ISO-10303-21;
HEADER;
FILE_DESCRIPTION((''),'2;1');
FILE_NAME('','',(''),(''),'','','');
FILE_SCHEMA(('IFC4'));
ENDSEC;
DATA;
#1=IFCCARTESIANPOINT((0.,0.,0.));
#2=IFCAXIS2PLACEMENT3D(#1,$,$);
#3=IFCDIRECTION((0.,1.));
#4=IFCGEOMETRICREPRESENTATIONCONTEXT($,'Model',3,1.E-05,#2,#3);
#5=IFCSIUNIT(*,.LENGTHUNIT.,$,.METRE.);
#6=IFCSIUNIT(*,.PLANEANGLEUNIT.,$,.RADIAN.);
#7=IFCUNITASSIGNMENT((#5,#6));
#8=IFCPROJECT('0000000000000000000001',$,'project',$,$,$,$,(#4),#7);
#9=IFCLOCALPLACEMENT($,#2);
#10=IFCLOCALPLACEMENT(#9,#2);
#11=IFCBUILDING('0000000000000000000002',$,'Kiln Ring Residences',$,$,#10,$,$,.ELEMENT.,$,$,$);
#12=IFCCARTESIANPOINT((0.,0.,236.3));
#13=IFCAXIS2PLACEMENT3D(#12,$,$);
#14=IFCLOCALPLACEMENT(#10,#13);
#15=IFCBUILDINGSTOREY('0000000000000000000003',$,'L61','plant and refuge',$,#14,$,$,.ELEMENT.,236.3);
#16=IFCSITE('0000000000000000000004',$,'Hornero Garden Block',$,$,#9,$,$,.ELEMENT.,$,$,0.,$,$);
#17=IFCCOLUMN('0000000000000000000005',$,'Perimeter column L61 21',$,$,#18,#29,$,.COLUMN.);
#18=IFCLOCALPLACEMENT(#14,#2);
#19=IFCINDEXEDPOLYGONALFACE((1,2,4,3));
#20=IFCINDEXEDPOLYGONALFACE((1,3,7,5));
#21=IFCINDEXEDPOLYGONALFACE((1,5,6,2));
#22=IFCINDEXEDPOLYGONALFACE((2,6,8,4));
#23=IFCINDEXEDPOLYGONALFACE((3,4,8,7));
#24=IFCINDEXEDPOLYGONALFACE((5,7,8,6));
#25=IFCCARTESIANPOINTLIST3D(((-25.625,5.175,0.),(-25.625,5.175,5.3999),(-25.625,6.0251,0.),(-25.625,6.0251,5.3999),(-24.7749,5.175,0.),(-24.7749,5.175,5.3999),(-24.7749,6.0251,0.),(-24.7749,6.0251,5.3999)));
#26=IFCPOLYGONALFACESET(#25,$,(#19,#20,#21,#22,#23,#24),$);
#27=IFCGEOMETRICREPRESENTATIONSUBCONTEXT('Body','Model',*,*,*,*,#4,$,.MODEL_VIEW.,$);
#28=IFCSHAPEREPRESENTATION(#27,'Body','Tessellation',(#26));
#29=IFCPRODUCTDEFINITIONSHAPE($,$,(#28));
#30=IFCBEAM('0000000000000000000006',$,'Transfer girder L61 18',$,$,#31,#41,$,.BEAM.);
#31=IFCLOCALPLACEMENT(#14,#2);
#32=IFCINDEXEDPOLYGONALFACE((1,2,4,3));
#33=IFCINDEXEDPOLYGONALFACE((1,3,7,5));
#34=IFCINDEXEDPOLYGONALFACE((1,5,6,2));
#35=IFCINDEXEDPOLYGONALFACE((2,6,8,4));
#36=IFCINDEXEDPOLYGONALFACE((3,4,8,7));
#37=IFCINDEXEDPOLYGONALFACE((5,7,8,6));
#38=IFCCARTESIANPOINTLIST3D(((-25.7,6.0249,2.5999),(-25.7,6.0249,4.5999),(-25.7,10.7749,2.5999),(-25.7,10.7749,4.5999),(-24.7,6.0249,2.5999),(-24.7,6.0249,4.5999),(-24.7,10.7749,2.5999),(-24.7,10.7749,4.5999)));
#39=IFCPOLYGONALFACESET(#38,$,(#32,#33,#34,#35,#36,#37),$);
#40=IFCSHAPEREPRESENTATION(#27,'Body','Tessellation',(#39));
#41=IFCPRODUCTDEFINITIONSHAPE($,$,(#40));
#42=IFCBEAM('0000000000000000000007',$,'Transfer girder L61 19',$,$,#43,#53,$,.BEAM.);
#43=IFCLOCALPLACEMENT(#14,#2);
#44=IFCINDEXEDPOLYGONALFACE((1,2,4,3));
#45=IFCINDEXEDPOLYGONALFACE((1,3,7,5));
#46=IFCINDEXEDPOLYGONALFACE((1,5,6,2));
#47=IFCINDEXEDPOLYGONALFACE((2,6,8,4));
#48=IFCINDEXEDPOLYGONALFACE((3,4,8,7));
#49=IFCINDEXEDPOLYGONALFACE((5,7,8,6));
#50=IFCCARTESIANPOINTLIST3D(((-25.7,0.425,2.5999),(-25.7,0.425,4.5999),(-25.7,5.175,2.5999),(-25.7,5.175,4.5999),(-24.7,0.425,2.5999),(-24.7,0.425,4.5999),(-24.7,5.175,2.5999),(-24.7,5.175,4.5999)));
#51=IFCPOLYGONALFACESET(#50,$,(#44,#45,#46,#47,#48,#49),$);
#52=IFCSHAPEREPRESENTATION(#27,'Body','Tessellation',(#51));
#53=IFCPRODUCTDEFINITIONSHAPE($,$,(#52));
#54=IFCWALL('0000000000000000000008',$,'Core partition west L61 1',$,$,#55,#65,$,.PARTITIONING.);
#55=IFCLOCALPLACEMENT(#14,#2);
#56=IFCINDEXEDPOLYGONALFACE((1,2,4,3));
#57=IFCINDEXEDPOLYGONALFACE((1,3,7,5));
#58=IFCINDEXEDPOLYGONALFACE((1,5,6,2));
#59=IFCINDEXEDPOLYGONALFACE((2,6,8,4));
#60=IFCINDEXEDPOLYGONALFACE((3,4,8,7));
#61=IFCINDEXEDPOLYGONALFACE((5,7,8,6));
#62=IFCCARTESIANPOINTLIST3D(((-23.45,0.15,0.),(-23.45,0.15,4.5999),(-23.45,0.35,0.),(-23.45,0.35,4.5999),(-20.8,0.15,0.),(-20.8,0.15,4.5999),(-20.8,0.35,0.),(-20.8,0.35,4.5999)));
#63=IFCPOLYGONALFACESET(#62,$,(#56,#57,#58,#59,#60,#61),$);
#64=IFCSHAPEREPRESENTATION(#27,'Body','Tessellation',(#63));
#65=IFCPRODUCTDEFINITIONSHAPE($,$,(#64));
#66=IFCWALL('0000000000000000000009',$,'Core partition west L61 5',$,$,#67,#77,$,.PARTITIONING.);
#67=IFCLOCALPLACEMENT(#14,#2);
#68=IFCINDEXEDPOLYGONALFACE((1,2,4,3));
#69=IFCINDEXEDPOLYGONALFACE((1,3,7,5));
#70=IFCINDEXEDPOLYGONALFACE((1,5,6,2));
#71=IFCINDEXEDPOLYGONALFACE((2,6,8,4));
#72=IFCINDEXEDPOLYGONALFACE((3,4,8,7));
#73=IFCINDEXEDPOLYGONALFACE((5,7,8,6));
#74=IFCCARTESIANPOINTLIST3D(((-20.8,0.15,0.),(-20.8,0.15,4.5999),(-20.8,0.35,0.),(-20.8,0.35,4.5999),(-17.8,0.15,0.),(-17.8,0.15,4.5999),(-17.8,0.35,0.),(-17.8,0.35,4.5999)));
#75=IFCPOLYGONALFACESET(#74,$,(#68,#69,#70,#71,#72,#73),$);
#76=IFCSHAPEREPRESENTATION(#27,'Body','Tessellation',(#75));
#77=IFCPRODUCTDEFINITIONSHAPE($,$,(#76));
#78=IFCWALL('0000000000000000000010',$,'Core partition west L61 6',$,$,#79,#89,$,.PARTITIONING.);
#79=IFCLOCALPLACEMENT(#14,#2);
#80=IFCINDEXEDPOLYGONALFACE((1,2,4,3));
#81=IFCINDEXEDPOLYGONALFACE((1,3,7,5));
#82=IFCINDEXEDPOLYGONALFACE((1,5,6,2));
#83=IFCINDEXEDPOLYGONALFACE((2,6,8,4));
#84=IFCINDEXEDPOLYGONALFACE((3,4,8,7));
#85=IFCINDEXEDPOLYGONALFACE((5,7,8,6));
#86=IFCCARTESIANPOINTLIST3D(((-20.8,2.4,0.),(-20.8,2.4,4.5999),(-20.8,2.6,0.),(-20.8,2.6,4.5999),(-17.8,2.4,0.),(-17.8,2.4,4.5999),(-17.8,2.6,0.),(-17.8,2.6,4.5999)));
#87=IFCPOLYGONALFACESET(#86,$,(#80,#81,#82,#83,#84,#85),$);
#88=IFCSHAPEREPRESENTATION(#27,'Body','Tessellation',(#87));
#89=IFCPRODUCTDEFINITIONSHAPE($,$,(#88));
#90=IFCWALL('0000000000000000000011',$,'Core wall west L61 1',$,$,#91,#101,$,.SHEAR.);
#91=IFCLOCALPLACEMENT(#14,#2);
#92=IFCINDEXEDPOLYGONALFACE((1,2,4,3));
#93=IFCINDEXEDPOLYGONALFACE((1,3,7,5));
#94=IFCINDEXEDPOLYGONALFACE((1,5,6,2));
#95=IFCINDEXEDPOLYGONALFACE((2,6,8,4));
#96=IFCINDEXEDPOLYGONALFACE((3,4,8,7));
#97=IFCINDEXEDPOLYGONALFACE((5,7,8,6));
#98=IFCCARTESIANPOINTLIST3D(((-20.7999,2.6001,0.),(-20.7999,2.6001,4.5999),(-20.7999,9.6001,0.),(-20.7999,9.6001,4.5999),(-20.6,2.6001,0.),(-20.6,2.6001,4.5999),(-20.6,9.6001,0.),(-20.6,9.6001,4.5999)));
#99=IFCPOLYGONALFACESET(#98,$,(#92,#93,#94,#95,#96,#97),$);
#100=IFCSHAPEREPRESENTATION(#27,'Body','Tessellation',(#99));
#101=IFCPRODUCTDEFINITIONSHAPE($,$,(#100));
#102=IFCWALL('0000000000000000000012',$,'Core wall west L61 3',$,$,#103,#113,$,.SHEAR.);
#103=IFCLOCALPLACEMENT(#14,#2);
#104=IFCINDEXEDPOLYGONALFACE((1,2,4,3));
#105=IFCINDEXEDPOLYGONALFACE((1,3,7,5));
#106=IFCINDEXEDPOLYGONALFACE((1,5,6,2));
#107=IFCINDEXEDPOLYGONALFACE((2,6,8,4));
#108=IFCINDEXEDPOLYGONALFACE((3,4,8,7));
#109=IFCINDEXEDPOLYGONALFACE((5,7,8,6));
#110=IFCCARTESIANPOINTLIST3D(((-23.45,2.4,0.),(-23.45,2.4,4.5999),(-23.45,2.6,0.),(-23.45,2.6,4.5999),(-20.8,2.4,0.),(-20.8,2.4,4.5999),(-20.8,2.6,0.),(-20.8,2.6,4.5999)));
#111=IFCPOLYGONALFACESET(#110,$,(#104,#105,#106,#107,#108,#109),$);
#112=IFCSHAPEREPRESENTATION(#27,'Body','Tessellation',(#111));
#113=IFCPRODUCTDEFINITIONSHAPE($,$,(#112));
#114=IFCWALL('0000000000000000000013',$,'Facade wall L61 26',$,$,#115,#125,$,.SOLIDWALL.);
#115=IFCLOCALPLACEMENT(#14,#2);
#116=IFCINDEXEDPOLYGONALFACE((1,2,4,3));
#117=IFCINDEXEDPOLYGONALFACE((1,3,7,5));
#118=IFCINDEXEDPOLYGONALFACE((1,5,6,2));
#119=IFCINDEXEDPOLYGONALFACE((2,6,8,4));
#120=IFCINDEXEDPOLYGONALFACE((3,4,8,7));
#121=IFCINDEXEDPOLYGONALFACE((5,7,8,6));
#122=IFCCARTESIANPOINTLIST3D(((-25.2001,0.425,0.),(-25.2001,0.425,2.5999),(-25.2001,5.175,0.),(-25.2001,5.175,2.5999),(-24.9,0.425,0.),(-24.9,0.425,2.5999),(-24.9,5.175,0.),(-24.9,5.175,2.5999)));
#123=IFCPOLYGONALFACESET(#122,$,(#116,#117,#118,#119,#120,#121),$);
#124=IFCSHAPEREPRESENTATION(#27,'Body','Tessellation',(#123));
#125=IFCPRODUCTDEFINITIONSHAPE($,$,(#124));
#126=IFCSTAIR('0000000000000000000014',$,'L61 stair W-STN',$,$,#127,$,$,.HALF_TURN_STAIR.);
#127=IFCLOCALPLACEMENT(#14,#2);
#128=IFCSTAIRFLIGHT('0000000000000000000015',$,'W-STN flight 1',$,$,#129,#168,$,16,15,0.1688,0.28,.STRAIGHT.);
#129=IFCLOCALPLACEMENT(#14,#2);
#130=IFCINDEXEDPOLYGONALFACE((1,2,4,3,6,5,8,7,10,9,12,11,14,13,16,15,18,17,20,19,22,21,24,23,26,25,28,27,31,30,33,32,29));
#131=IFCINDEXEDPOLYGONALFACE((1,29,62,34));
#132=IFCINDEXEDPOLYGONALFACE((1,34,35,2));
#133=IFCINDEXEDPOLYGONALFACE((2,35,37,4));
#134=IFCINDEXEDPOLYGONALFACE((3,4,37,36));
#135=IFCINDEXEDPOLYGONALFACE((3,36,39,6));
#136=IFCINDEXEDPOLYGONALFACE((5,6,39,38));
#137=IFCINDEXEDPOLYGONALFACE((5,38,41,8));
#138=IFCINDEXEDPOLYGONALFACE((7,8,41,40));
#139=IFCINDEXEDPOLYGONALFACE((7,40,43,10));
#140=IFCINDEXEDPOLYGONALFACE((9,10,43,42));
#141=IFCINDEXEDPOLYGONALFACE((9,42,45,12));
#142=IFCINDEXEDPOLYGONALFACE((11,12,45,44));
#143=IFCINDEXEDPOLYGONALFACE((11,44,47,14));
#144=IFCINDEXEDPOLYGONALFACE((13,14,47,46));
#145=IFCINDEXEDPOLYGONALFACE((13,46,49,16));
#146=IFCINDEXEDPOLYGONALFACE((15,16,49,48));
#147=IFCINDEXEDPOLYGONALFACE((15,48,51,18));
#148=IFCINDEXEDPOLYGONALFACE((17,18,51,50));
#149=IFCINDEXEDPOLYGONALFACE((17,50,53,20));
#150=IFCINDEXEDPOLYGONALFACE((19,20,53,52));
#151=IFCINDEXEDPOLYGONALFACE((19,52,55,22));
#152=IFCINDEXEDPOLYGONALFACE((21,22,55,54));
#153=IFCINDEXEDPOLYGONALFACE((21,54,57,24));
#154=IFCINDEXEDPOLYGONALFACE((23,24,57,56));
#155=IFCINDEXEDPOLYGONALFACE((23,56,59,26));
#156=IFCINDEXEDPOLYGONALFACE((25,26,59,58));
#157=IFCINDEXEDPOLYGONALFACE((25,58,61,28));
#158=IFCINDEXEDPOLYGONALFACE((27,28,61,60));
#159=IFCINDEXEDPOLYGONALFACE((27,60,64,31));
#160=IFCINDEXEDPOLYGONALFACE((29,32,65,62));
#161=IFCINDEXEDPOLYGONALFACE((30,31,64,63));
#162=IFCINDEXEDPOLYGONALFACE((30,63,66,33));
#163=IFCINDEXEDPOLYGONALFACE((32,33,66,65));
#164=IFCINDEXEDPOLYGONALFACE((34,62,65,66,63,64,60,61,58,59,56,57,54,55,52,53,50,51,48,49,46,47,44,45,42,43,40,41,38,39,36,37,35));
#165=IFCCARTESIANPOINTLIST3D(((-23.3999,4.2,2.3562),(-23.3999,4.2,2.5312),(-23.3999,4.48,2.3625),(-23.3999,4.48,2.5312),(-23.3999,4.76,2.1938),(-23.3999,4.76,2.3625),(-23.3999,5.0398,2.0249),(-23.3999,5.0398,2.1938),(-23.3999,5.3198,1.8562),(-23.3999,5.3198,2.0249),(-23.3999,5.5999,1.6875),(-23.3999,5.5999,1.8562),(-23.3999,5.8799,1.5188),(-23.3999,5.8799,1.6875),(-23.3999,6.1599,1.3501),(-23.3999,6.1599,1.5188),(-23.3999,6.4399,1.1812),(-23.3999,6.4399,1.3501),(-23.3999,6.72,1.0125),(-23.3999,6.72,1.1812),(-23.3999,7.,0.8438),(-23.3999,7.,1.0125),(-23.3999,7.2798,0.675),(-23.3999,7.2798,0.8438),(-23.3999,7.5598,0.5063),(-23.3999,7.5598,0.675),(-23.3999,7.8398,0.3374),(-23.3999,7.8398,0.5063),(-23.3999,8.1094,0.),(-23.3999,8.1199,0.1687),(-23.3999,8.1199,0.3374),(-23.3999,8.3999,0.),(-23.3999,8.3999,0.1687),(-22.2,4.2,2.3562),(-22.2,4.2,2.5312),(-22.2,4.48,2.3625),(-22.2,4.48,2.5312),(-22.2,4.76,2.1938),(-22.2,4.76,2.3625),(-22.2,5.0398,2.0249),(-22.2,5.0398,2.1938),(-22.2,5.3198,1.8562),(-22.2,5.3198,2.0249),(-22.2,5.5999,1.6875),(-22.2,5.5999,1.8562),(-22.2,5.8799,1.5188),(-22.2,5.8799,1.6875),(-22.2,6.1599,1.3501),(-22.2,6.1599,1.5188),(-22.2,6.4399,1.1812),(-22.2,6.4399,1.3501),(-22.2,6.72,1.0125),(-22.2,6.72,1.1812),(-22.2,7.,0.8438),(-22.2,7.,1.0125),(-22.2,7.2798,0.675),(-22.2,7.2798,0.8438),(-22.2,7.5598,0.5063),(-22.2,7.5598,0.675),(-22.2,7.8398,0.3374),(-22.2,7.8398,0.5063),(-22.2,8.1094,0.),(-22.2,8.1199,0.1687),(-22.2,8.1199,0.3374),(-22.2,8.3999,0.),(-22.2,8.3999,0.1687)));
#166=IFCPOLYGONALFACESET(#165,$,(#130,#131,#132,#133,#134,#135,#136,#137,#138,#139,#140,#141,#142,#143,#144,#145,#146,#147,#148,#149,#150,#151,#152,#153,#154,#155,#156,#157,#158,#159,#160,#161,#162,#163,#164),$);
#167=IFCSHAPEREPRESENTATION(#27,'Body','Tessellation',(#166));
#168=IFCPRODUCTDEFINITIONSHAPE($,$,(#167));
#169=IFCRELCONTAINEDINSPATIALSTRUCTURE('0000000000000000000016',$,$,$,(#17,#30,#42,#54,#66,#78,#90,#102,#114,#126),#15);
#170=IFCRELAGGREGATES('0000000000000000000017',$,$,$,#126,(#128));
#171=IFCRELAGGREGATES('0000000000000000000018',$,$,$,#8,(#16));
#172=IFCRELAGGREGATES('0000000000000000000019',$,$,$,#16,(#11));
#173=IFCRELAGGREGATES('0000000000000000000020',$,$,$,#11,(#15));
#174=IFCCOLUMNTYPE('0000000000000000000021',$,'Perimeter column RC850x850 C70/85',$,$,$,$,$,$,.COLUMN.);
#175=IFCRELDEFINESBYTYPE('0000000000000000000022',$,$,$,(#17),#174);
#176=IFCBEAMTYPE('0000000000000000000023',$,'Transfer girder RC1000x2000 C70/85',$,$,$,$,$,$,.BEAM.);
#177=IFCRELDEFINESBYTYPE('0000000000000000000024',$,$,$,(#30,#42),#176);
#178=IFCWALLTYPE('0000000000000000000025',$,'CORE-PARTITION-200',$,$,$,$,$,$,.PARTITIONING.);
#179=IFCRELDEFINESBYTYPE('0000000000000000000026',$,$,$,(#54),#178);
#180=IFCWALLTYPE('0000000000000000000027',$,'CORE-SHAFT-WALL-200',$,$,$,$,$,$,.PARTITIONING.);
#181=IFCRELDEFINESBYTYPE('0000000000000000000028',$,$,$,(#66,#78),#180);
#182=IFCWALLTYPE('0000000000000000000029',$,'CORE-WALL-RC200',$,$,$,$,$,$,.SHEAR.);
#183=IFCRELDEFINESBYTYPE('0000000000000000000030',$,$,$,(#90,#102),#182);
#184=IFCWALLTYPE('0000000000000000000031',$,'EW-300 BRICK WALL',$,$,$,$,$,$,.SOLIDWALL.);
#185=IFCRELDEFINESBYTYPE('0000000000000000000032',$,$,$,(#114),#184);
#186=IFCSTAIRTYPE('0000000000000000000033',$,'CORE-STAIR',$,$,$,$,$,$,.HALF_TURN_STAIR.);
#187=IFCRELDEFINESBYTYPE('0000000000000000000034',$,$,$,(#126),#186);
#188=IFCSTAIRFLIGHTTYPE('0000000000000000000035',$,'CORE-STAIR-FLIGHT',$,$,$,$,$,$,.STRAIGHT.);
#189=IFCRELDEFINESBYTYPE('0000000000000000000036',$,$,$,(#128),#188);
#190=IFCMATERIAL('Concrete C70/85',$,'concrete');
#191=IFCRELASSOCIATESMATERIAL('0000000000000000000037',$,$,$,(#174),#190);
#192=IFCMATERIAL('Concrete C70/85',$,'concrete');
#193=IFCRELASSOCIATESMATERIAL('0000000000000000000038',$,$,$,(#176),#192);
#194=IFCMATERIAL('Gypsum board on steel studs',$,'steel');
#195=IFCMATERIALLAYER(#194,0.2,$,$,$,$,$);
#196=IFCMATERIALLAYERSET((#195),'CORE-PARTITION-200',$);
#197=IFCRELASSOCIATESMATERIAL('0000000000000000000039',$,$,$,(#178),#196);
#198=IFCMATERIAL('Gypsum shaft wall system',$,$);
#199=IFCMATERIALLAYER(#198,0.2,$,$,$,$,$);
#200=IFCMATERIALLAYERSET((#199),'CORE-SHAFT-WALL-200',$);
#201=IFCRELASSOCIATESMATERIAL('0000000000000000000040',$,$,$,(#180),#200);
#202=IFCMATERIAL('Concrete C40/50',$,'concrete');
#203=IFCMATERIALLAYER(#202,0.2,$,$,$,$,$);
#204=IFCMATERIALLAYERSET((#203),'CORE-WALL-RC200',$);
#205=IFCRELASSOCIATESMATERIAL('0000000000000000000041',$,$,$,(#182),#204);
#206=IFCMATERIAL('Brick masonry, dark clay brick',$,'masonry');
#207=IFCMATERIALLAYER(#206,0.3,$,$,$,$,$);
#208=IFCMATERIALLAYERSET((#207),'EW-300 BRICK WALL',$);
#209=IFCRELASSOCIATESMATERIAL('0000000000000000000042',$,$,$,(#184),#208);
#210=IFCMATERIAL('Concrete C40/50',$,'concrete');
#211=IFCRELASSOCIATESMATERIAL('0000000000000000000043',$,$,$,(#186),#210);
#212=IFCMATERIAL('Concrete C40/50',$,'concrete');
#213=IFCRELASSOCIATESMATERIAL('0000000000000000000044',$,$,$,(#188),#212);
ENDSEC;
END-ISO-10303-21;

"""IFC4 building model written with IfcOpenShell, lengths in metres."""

from ifc_helpers import new_model, si_unit, direction, frame, frame_2d, origin, origin_2d, place, context, subcontext, project, spatial, polyline, rectangle, outline, extrude, material, layer, layer_set, material_profile, profile_set, type_object, element, aggregate, save


model = new_model("IFC4")

# Units and contexts
model_context = context("Model", 3, precision=1e-05, world=origin(), true_north=direction((0.0, 1.0)))
body_context = subcontext(model_context, "Body", "Model", "MODEL_VIEW")
ifc_project = project(units=[si_unit("LENGTHUNIT", "METRE"), si_unit("PLANEANGLEUNIT", "RADIAN")], contexts=[model_context])

# Site, building, storey
site_placement = place(None, origin())
site = spatial("IfcSite", under=ifc_project, at=site_placement, Name="Hornero Garden Block", CompositionType="ELEMENT", RefElevation=0.0)
building_placement = place(site_placement, origin())
building = spatial("IfcBuilding", under=site, at=building_placement, Name="Kiln Ring Residences", CompositionType="ELEMENT")
storey_placement = place(building_placement, frame((0.0, 0.0, 236.3)))
storey = spatial("IfcBuildingStorey", under=building, at=storey_placement, Name="L61", Description="plant and refuge", CompositionType="ELEMENT", Elevation=236.3)

# Column
ifc_material_1 = material(Name="Concrete C70/85", Category="concrete")
ifc_material_profile_1 = material_profile(ifc_material_1, rectangle(XDim=0.8501, YDim=0.8501, at=origin_2d()), Name="RC850x850")
ifc_profile_set_1 = profile_set([ifc_material_profile_1], Name="Concrete C70/85")
column_type = type_object("IfcColumnType", Name="Perimeter column RC850x850 C70/85", PredefinedType="COLUMN", material=ifc_profile_set_1)
column_placement = place(storey_placement, frame((-25.2, 5.6001, 0.0), z_axis=(0.0, 0.0, 1.0), x_axis=(1.0, 0.0, 0.0)))
element("IfcColumn", 1, at=column_placement, inside=storey, type_object=column_type, Name="Perimeter column L61 21", PredefinedType="COLUMN", context=body_context, shape_type="SweptSolid", body=[
    extrude(rectangle(XDim=0.8501, YDim=0.8501, at=origin_2d()), origin(), (0.0, 0.0, 1.0), 5.3999),
])

# Beams
ifc_material_2 = material(Name="Concrete C70/85", Category="concrete")
ifc_material_profile_2 = material_profile(ifc_material_2, rectangle(XDim=1.0, YDim=2.0, at=origin_2d()), Name="RC1000x2000")
ifc_profile_set_2 = profile_set([ifc_material_profile_2], Name="Concrete C70/85")
beam_type = type_object("IfcBeamType", Name="Transfer girder RC1000x2000 C70/85", PredefinedType="BEAM", material=ifc_profile_set_2)
for number, where, z_axis, x_axis, name in (
    (2, (-25.2, 10.7749, 3.5999), (0.0, -1.0, 0.0), (1.0, 0.0, 0.0), "Transfer girder L61 18"),
    (3, (-25.2, 5.175, 3.5999), (0.0, -1.0, 0.0), (1.0, 0.0, 0.0), "Transfer girder L61 19"),
):
    element("IfcBeam", number, at=place(storey_placement, frame(where, z_axis=z_axis, x_axis=x_axis)), inside=storey, type_object=beam_type, Name=name, PredefinedType="BEAM", context=body_context, shape_type="SweptSolid", body=[
        extrude(rectangle(XDim=1.0, YDim=2.0, at=origin_2d()), origin(), (0.0, 0.0, 1.0), 4.75),
    ])

# Walls
ifc_material_3 = material(Name="Gypsum board on steel studs", Category="steel")
ifc_layer_1 = layer(ifc_material_3, 0.2)
ifc_layer_set_1 = layer_set([ifc_layer_1], Name="CORE-PARTITION-200")
wall_type_1 = type_object("IfcWallType", Name="CORE-PARTITION-200", PredefinedType="PARTITIONING", material=ifc_layer_set_1)
wall_1_placement = place(storey_placement, frame((-20.8, 0.25, 0.0), z_axis=(0.0, 0.0, 1.0), x_axis=(-1.0, 0.0, 0.0)))
element("IfcWall", 4, at=wall_1_placement, inside=storey, type_object=wall_type_1, Name="Core partition west L61 1", PredefinedType="PARTITIONING", context=body_context, shape_type="SweptSolid", body=[
    extrude(rectangle(XDim=2.6499, YDim=0.2, at=frame_2d((1.325, 0.0))), origin(), (0.0, 0.0, 1.0), 4.5999),
])
ifc_material_4 = material(Name="Gypsum shaft wall system")
ifc_layer_2 = layer(ifc_material_4, 0.2)
ifc_layer_set_2 = layer_set([ifc_layer_2], Name="CORE-SHAFT-WALL-200")
wall_type_2 = type_object("IfcWallType", Name="CORE-SHAFT-WALL-200", PredefinedType="PARTITIONING", material=ifc_layer_set_2)
for number, where, z_axis, x_axis, name in (
    (5, (-17.8, 0.25, 0.0), (0.0, 0.0, 1.0), (-1.0, 0.0, 0.0), "Core partition west L61 5"),
    (6, (-17.8, 2.5, 0.0), (0.0, 0.0, 1.0), (-1.0, 0.0, 0.0), "Core partition west L61 6"),
):
    element("IfcWall", number, at=place(storey_placement, frame(where, z_axis=z_axis, x_axis=x_axis)), inside=storey, type_object=wall_type_2, Name=name, PredefinedType="PARTITIONING", context=body_context, shape_type="SweptSolid", body=[
        extrude(rectangle(XDim=3.0, YDim=0.2, at=frame_2d((1.5, 0.0))), origin(), (0.0, 0.0, 1.0), 4.5999),
    ])
ifc_material_5 = material(Name="Concrete C40/50", Category="concrete")
ifc_layer_3 = layer(ifc_material_5, 0.2)
ifc_layer_set_3 = layer_set([ifc_layer_3], Name="CORE-WALL-RC200")
wall_type_3 = type_object("IfcWallType", Name="CORE-WALL-RC200", PredefinedType="SHEAR", material=ifc_layer_set_3)
wall_2_placement = place(storey_placement, frame((-20.7, 2.6001, 0.0), z_axis=(0.0, 0.0, 1.0), x_axis=(0.0, 1.0, 0.0)))
element("IfcWall", 7, at=wall_2_placement, inside=storey, type_object=wall_type_3, Name="Core wall west L61 1", PredefinedType="SHEAR", context=body_context, shape_type="SweptSolid", body=[
    extrude(rectangle(XDim=7.0, YDim=0.2, at=frame_2d((3.5, 0.0))), origin(), (0.0, 0.0, 1.0), 4.5999),
])
wall_3_placement = place(storey_placement, frame((-20.8, 2.5, 0.0), z_axis=(0.0, 0.0, 1.0), x_axis=(-1.0, 0.0, 0.0)))
element("IfcWall", 8, at=wall_3_placement, inside=storey, type_object=wall_type_3, Name="Core wall west L61 3", PredefinedType="SHEAR", context=body_context, shape_type="SweptSolid", body=[
    extrude(rectangle(XDim=2.6499, YDim=0.2, at=frame_2d((1.325, 0.0))), origin(), (0.0, 0.0, 1.0), 4.5999),
])
ifc_material_6 = material(Name="Brick masonry, dark clay brick", Category="masonry")
ifc_layer_4 = layer(ifc_material_6, 0.3)
ifc_layer_set_4 = layer_set([ifc_layer_4], Name="EW-300 BRICK WALL")
wall_type_4 = type_object("IfcWallType", Name="EW-300 BRICK WALL", PredefinedType="SOLIDWALL", material=ifc_layer_set_4)
wall_4_placement = place(storey_placement, frame((-25.05, 5.175, 0.0), z_axis=(0.0, 0.0, 1.0), x_axis=(0.0, -1.0, 0.0)))
element("IfcWall", 9, at=wall_4_placement, inside=storey, type_object=wall_type_4, Name="Facade wall L61 26", PredefinedType="SOLIDWALL", context=body_context, shape_type="SweptSolid", body=[
    extrude(rectangle(XDim=4.75, YDim=0.3, at=frame_2d((2.375, 0.0))), origin(), (0.0, 0.0, 1.0), 2.5999),
])

# Stair, stair flight
ifc_material_7 = material(Name="Concrete C40/50", Category="concrete")
stair_type = type_object("IfcStairType", Name="CORE-STAIR", PredefinedType="HALF_TURN_STAIR", material=ifc_material_7)
stair_placement = place(storey_placement, origin())
stair = element("IfcStair", 10, at=stair_placement, inside=storey, type_object=stair_type, Name="L61 stair W-STN", PredefinedType="HALF_TURN_STAIR")
ifc_material_8 = material(Name="Concrete C40/50", Category="concrete")
stair_flight_type = type_object("IfcStairFlightType", Name="CORE-STAIR-FLIGHT", PredefinedType="STRAIGHT", material=ifc_material_8)
stair_flight_1_placement = place(storey_placement, frame((-22.8, 8.3999, 0.0), z_axis=(0.0, 0.0, 1.0), x_axis=(0.0, -1.0, 0.0)))
stair_flight_1 = element("IfcStairFlight", 11, at=stair_flight_1_placement, type_object=stair_flight_type, Name="W-STN flight 1", NumberOfRisers=16, NumberOfTreads=15, PredefinedType="STRAIGHT", RiserHeight=0.1688, TreadLength=0.28, context=body_context, shape_type="SweptSolid", body=[
    extrude(outline(polyline([(0.0, 0.0), (0.0, 0.1687), (0.28, 0.1687), (0.28, 0.3374), (0.5601, 0.3374), (0.5601, 0.5063), (0.8401, 0.5063), (0.8401, 0.675), (1.1201, 0.675), (1.1201, 0.8438), (1.3999, 0.8438), (1.3999, 1.0125), (1.6799, 1.0125), (1.6799, 1.1812), (1.96, 1.1812), (1.96, 1.3501), (2.24, 1.3501), (2.24, 1.5188), (2.52, 1.5188), (2.52, 1.6875), (2.8, 1.6875), (2.8, 1.8562), (3.0801, 1.8562), (3.0801, 2.0249), (3.3601, 2.0249), (3.3601, 2.1938), (3.6399, 2.1938), (3.6399, 2.3625), (3.9199, 2.3625), (3.9199, 2.5312), (4.2, 2.5312), (4.2, 2.7), (4.2, 2.3562), (0.2905, 0.0), (0.0, 0.0)])), frame((0.0, 0.6001, 0.0), z_axis=(0.0, -1.0, 0.0), x_axis=(1.0, 0.0, 0.0)), (0.0, 0.0, 1.0), 1.2),
])
aggregate(stair, [stair_flight_1])

save(model, "model.ifc")
